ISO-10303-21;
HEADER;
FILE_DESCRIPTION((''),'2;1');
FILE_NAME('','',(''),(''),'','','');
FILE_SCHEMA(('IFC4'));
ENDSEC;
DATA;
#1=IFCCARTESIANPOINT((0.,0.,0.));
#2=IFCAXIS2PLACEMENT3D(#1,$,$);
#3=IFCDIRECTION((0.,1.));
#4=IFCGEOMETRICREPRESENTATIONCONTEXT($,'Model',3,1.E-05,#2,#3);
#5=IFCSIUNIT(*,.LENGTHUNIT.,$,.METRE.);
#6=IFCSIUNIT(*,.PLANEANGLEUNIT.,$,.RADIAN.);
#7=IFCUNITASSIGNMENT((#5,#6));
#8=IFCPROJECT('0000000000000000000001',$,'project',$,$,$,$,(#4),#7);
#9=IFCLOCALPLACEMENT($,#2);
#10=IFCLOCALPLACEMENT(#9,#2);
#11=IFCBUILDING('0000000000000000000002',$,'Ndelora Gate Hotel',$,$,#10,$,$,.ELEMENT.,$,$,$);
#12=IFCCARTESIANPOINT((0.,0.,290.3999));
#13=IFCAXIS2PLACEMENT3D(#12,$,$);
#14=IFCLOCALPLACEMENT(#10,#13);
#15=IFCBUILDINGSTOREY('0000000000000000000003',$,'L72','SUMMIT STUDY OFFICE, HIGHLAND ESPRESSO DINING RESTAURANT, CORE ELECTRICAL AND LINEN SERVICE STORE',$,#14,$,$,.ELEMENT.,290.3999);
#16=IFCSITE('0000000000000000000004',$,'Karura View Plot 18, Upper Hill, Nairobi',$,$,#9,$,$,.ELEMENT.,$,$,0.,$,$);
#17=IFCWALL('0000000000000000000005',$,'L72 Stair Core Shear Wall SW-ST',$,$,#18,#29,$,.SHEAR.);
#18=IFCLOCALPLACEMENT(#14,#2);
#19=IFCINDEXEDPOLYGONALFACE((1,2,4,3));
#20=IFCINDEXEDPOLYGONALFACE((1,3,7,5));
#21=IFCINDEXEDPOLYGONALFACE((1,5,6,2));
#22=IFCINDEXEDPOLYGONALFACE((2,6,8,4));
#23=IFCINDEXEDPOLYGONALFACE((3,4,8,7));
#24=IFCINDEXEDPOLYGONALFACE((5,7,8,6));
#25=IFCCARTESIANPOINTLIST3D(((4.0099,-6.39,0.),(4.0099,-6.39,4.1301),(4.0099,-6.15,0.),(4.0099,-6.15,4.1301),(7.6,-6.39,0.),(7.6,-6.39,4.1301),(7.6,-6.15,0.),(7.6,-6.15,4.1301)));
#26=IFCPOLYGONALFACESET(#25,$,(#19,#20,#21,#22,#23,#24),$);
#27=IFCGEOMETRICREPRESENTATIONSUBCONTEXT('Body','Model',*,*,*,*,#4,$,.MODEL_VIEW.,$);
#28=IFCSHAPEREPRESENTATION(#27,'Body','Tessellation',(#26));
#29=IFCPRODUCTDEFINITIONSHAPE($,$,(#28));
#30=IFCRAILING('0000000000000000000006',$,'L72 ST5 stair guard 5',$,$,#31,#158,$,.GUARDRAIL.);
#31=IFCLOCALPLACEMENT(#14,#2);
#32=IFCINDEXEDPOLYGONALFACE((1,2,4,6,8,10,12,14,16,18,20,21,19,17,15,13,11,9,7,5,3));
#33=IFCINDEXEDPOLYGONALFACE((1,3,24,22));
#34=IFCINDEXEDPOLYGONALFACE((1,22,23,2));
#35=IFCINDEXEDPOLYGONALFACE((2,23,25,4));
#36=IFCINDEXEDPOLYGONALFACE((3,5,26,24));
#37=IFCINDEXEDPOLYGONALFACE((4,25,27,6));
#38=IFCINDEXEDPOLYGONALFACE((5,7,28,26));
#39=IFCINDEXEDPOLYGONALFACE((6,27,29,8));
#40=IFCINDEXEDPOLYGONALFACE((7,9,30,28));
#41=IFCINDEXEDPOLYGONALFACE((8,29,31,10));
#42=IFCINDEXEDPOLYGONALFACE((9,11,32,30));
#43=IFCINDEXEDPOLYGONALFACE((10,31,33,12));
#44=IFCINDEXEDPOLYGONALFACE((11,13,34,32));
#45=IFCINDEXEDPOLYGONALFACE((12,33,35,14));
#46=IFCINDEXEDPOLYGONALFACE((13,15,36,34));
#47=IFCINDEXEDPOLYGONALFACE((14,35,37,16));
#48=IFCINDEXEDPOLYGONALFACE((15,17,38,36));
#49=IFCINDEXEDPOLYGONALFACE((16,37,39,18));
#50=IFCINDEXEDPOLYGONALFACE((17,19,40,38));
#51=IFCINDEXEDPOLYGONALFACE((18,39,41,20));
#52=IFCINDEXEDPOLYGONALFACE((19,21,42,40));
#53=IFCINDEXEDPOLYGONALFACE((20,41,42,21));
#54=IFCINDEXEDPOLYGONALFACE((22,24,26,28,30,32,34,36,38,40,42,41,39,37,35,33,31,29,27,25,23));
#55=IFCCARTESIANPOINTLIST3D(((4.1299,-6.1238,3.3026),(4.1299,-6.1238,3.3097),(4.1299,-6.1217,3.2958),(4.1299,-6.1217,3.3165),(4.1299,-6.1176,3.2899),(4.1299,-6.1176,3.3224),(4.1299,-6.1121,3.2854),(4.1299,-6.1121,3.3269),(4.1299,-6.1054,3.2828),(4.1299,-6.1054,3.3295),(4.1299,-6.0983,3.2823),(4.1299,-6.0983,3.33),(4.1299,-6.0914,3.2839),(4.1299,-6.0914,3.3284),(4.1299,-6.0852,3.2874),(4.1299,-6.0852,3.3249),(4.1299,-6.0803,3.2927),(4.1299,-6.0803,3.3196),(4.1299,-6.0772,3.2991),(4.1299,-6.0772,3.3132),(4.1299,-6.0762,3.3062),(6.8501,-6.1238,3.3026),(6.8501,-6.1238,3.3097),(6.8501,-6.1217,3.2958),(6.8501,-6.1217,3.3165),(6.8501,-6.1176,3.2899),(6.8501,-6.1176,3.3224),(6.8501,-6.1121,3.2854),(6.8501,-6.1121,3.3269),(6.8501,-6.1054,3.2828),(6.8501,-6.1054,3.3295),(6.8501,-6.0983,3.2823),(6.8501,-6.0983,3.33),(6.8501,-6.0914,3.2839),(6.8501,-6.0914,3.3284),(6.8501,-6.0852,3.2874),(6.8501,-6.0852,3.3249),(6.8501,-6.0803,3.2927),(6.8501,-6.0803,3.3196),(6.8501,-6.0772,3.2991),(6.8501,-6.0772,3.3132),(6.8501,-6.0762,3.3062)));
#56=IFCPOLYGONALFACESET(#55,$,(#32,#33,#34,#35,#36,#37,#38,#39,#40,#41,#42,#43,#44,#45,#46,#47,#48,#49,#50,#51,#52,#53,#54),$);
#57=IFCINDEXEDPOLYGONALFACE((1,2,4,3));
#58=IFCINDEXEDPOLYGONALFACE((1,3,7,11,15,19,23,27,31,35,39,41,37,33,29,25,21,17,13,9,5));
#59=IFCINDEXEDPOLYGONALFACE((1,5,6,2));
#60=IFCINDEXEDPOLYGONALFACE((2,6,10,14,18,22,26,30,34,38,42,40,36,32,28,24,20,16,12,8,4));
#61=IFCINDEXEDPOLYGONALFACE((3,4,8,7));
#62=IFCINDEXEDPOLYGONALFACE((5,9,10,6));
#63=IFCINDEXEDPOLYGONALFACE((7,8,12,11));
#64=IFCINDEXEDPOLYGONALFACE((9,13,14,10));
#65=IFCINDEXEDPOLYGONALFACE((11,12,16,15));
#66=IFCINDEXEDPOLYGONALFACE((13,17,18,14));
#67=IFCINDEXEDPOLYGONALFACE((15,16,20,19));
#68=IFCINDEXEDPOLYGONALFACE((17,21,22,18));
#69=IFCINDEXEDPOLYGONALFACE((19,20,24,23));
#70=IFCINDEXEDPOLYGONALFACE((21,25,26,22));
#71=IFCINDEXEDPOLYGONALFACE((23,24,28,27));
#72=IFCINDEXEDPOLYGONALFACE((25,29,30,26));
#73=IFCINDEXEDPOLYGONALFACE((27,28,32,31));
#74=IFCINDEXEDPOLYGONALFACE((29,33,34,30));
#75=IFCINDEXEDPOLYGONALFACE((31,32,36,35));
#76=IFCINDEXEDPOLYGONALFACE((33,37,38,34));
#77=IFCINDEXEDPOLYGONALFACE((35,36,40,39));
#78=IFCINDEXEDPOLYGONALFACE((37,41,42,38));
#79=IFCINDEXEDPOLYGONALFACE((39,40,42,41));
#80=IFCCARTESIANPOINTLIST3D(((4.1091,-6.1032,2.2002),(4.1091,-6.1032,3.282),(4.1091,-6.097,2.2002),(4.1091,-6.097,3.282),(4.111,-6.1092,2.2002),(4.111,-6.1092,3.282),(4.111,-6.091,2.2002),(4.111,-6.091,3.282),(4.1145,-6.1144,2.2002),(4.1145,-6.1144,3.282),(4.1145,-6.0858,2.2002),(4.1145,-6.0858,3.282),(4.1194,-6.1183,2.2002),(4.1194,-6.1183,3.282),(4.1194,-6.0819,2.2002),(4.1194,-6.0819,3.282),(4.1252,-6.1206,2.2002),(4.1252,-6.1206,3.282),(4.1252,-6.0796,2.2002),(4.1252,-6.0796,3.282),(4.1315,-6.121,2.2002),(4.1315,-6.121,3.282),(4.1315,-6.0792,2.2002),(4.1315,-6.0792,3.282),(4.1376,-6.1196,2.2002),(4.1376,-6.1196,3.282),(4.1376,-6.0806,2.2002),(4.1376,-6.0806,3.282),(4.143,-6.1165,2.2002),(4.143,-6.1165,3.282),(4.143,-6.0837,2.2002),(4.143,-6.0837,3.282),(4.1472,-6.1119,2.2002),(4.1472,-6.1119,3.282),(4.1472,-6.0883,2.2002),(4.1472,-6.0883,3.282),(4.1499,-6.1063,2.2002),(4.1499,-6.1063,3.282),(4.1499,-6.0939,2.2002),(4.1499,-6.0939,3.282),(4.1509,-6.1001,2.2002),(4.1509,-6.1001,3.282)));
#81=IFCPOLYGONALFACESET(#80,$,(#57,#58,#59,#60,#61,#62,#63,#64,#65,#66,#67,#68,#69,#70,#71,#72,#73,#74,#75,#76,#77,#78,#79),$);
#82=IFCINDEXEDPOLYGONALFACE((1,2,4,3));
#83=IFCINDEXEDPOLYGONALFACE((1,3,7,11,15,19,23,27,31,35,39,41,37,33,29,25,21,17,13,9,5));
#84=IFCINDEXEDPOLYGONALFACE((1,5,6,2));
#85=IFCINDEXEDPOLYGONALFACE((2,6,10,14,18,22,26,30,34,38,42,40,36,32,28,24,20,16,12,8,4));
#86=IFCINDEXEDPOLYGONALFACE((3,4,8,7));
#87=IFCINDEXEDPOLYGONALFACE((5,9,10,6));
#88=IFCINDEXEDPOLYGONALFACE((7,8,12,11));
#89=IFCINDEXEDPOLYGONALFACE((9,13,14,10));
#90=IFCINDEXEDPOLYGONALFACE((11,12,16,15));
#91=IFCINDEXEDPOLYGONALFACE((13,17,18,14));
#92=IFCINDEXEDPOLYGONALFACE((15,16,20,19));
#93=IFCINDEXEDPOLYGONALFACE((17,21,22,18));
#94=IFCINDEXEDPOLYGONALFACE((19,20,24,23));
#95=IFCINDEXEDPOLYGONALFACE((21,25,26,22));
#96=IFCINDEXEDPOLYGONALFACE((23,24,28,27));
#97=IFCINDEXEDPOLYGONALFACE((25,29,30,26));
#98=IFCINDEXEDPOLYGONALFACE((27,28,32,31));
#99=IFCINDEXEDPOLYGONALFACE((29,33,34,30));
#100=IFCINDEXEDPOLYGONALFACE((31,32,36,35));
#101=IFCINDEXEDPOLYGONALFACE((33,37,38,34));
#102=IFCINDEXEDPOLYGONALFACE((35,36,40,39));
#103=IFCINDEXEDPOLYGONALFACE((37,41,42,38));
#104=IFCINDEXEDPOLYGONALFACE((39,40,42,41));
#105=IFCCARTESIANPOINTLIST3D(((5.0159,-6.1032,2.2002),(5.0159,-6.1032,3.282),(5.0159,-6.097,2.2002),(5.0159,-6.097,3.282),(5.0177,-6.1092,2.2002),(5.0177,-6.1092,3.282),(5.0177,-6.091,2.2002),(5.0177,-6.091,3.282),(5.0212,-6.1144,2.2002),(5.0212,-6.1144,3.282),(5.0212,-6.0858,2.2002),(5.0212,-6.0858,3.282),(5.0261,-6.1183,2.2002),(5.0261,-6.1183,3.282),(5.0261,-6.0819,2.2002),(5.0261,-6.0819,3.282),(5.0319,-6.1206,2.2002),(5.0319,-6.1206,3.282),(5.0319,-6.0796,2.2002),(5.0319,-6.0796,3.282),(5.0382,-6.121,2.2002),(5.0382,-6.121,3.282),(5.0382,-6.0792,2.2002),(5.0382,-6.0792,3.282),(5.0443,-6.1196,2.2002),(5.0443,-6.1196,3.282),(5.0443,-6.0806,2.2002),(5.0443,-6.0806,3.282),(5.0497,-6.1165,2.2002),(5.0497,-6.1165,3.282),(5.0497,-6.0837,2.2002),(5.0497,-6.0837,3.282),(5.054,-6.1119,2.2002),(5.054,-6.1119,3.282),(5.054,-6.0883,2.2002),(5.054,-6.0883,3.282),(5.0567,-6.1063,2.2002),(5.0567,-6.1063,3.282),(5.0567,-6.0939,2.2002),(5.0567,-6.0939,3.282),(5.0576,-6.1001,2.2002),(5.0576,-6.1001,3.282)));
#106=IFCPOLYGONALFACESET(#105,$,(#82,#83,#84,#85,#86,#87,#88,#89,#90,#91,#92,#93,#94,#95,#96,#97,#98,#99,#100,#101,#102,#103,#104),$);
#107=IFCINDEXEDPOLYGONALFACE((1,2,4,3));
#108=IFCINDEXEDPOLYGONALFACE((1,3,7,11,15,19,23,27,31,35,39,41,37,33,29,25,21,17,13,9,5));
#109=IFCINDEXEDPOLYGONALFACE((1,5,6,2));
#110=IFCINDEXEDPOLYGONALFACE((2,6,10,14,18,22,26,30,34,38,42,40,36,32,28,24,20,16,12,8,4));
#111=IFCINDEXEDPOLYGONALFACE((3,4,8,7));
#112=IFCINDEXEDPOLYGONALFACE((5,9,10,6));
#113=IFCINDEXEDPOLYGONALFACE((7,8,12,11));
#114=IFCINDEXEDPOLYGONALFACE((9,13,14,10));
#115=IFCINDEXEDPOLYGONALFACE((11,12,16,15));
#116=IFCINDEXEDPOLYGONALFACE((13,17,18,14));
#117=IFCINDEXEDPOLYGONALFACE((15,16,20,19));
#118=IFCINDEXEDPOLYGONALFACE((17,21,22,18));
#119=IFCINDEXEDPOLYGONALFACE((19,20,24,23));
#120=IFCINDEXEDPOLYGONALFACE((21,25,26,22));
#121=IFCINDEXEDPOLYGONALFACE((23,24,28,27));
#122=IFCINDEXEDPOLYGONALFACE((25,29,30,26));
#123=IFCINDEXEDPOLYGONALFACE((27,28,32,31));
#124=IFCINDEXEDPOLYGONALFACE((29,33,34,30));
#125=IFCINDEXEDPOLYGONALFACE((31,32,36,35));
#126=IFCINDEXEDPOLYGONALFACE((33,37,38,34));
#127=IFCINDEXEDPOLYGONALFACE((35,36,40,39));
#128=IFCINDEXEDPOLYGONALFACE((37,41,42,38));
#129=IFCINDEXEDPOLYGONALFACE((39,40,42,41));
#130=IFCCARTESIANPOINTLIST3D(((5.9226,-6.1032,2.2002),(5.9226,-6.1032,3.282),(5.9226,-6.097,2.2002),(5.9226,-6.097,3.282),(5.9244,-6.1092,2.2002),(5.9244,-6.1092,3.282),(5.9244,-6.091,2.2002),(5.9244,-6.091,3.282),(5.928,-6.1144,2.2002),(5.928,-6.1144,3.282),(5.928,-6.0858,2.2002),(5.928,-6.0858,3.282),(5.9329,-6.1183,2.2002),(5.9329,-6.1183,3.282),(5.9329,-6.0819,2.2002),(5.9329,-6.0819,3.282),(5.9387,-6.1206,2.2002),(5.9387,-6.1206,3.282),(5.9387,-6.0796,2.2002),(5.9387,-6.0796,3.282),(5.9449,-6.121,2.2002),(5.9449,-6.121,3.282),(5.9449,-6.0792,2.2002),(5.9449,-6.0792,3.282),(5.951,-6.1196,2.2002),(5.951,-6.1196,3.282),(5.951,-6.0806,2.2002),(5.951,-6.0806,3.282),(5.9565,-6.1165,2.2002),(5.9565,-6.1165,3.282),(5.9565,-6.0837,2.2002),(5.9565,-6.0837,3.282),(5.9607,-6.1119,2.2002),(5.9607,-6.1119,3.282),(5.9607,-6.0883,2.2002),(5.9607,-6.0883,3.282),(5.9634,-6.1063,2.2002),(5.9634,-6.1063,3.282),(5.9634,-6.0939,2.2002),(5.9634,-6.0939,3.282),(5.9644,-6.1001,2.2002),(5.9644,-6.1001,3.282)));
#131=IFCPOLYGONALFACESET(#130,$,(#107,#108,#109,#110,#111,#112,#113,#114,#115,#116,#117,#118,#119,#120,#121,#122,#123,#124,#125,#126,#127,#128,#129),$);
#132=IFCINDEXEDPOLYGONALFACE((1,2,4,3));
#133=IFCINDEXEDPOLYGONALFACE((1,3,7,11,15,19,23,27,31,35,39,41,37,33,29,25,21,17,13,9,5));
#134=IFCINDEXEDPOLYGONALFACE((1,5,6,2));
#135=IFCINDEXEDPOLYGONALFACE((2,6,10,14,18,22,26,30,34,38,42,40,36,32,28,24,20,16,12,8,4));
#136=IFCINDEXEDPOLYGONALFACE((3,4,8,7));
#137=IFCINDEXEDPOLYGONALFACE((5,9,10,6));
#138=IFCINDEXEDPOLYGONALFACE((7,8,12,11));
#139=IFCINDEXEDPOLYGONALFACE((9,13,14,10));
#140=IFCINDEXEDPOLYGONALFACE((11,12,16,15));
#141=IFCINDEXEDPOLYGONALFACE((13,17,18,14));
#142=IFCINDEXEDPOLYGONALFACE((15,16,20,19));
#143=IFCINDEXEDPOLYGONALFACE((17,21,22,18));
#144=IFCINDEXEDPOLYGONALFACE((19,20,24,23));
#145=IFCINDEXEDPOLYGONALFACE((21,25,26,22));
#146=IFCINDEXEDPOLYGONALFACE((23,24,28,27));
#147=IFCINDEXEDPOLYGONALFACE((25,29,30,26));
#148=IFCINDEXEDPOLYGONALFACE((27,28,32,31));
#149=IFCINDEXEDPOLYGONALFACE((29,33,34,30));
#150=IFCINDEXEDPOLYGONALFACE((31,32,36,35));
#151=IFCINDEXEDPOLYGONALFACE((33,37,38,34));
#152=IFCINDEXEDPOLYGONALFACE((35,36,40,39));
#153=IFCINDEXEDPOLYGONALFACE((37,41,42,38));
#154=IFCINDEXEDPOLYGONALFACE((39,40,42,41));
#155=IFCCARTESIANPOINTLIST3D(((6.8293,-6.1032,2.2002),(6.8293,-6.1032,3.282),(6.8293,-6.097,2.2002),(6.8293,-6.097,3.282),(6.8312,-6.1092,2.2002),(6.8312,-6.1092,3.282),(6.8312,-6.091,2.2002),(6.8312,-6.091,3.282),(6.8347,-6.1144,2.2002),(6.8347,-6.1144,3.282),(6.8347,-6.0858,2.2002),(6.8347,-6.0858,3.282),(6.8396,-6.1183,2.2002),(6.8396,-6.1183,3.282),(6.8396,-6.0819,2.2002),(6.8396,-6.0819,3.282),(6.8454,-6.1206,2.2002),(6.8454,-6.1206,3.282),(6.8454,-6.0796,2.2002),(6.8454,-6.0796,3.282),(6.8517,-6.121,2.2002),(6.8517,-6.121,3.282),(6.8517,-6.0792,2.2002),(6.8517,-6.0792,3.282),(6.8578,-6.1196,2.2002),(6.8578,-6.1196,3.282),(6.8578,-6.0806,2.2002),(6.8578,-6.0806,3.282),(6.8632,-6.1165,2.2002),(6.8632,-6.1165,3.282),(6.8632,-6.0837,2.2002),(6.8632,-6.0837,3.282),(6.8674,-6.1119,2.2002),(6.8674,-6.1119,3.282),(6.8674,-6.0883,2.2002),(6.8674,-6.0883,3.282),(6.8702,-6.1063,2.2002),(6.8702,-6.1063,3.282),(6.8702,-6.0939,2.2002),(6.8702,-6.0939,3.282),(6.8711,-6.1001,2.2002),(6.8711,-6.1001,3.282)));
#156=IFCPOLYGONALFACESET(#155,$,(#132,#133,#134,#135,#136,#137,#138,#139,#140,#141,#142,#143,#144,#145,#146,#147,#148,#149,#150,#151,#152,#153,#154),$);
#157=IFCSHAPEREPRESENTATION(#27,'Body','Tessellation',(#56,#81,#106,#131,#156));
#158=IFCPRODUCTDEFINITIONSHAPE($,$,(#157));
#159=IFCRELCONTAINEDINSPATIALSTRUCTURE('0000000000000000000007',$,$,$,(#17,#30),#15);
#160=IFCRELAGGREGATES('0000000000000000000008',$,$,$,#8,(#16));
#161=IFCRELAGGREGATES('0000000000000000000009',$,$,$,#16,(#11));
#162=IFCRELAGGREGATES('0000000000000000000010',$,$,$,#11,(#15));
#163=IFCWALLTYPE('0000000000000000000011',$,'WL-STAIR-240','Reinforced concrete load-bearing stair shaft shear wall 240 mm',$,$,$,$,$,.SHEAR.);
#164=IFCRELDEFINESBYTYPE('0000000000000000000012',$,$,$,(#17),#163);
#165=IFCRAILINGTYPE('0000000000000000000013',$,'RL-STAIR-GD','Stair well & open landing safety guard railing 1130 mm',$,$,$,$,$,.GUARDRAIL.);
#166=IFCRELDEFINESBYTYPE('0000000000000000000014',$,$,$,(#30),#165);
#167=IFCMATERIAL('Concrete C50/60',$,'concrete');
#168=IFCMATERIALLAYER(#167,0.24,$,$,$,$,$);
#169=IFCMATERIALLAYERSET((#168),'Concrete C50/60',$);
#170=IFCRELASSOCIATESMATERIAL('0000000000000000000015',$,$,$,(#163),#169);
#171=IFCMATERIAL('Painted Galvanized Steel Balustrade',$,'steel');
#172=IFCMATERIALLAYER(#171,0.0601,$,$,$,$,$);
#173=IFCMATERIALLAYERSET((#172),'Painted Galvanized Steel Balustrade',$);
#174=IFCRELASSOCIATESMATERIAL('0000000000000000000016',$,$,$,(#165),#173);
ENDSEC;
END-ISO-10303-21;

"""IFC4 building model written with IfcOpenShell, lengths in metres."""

from ifc_helpers import new_model, si_unit, direction, frame, frame_2d, origin, origin_2d, place, context, subcontext, project, spatial, rectangle, circle, extrude, material, layer, layer_set, type_object, element, save


model = new_model("IFC4")

# Units and contexts
model_context = context("Model", 3, precision=1e-05, world=origin(), true_north=direction((0.0, 1.0)))
body_context = subcontext(model_context, "Body", "Model", "MODEL_VIEW")
ifc_project = project(units=[si_unit("LENGTHUNIT", "METRE"), si_unit("PLANEANGLEUNIT", "RADIAN")], contexts=[model_context])

# Site, building, storey
site_placement = place(None, origin())
site = spatial("IfcSite", under=ifc_project, at=site_placement, Name="Karura View Plot 18, Upper Hill, Nairobi", CompositionType="ELEMENT", RefElevation=0.0)
building_placement = place(site_placement, origin())
building = spatial("IfcBuilding", under=site, at=building_placement, Name="Ndelora Gate Hotel", CompositionType="ELEMENT")
storey_placement = place(building_placement, frame((0.0, 0.0, 290.3999)))
storey = spatial("IfcBuildingStorey", under=building, at=storey_placement, Name="L72", Description="SUMMIT STUDY OFFICE, HIGHLAND ESPRESSO DINING RESTAURANT, CORE ELECTRICAL AND LINEN SERVICE STORE", CompositionType="ELEMENT", Elevation=290.3999)

# Shared definitions
ifc_material_1 = material(Name="Concrete C50/60", Category="concrete")

# Wall
ifc_layer_1 = layer(ifc_material_1, 0.24)
ifc_layer_set_1 = layer_set([ifc_layer_1], Name="Concrete C50/60")
wall_type_1 = type_object("IfcWallType", Name="WL-STAIR-240", Description="Reinforced concrete load-bearing stair shaft shear wall 240 mm", PredefinedType="SHEAR", material=ifc_layer_set_1)
wall_1_placement = place(storey_placement, frame((4.01, -6.27, 0.0), z_axis=(0.0, 0.0, 1.0), x_axis=(1.0, 0.0, 0.0)))
element("IfcWall", 1, at=wall_1_placement, inside=storey, type_object=wall_type_1, Name="L72 Stair Core Shear Wall SW-ST", PredefinedType="SHEAR", context=body_context, shape_type="SweptSolid", body=[
    extrude(rectangle(XDim=3.5901, YDim=0.24, at=frame_2d((1.7949, 0.0))), origin(), (0.0, 0.0, 1.0), 4.1301),
])

# Railing
ifc_material_2 = material(Name="Painted Galvanized Steel Balustrade", Category="steel")
ifc_layer_2 = layer(ifc_material_2, 0.0601)
ifc_layer_set_2 = layer_set([ifc_layer_2], Name="Painted Galvanized Steel Balustrade")
railing_type = type_object("IfcRailingType", Name="RL-STAIR-GD", Description="Stair well & open landing safety guard railing 1130 mm", PredefinedType="GUARDRAIL", material=ifc_layer_set_2)
railing_1_placement = place(storey_placement, frame((4.1299, -6.1001, 2.2002)))
element("IfcRailing", 2, at=railing_1_placement, inside=storey, type_object=railing_type, Name="L72 ST5 stair guard 5", PredefinedType="GUARDRAIL", context=body_context, shape_type="SweptSolid", body=[
    extrude(circle(Radius=0.0239, at=origin_2d()), frame((0.0, 0.0, 1.106), z_axis=(1.0, 0.0, 0.0), x_axis=(0.0, 1.0, 0.0)), (0.0, 0.0, 1.0), 2.7202),
    extrude(circle(Radius=0.021, at=origin_2d()), origin(), (0.0, 0.0, 1.0), 1.0818),
    extrude(circle(Radius=0.021, at=origin_2d()), frame((0.9067, 0.0, 0.0)), (0.0, 0.0, 1.0), 1.0818),
    extrude(circle(Radius=0.021, at=origin_2d()), frame((1.8135, 0.0, 0.0)), (0.0, 0.0, 1.0), 1.0818),
    extrude(circle(Radius=0.021, at=origin_2d()), frame((2.7202, 0.0, 0.0)), (0.0, 0.0, 1.0), 1.0818),
])

save(model, "model.ifc")
